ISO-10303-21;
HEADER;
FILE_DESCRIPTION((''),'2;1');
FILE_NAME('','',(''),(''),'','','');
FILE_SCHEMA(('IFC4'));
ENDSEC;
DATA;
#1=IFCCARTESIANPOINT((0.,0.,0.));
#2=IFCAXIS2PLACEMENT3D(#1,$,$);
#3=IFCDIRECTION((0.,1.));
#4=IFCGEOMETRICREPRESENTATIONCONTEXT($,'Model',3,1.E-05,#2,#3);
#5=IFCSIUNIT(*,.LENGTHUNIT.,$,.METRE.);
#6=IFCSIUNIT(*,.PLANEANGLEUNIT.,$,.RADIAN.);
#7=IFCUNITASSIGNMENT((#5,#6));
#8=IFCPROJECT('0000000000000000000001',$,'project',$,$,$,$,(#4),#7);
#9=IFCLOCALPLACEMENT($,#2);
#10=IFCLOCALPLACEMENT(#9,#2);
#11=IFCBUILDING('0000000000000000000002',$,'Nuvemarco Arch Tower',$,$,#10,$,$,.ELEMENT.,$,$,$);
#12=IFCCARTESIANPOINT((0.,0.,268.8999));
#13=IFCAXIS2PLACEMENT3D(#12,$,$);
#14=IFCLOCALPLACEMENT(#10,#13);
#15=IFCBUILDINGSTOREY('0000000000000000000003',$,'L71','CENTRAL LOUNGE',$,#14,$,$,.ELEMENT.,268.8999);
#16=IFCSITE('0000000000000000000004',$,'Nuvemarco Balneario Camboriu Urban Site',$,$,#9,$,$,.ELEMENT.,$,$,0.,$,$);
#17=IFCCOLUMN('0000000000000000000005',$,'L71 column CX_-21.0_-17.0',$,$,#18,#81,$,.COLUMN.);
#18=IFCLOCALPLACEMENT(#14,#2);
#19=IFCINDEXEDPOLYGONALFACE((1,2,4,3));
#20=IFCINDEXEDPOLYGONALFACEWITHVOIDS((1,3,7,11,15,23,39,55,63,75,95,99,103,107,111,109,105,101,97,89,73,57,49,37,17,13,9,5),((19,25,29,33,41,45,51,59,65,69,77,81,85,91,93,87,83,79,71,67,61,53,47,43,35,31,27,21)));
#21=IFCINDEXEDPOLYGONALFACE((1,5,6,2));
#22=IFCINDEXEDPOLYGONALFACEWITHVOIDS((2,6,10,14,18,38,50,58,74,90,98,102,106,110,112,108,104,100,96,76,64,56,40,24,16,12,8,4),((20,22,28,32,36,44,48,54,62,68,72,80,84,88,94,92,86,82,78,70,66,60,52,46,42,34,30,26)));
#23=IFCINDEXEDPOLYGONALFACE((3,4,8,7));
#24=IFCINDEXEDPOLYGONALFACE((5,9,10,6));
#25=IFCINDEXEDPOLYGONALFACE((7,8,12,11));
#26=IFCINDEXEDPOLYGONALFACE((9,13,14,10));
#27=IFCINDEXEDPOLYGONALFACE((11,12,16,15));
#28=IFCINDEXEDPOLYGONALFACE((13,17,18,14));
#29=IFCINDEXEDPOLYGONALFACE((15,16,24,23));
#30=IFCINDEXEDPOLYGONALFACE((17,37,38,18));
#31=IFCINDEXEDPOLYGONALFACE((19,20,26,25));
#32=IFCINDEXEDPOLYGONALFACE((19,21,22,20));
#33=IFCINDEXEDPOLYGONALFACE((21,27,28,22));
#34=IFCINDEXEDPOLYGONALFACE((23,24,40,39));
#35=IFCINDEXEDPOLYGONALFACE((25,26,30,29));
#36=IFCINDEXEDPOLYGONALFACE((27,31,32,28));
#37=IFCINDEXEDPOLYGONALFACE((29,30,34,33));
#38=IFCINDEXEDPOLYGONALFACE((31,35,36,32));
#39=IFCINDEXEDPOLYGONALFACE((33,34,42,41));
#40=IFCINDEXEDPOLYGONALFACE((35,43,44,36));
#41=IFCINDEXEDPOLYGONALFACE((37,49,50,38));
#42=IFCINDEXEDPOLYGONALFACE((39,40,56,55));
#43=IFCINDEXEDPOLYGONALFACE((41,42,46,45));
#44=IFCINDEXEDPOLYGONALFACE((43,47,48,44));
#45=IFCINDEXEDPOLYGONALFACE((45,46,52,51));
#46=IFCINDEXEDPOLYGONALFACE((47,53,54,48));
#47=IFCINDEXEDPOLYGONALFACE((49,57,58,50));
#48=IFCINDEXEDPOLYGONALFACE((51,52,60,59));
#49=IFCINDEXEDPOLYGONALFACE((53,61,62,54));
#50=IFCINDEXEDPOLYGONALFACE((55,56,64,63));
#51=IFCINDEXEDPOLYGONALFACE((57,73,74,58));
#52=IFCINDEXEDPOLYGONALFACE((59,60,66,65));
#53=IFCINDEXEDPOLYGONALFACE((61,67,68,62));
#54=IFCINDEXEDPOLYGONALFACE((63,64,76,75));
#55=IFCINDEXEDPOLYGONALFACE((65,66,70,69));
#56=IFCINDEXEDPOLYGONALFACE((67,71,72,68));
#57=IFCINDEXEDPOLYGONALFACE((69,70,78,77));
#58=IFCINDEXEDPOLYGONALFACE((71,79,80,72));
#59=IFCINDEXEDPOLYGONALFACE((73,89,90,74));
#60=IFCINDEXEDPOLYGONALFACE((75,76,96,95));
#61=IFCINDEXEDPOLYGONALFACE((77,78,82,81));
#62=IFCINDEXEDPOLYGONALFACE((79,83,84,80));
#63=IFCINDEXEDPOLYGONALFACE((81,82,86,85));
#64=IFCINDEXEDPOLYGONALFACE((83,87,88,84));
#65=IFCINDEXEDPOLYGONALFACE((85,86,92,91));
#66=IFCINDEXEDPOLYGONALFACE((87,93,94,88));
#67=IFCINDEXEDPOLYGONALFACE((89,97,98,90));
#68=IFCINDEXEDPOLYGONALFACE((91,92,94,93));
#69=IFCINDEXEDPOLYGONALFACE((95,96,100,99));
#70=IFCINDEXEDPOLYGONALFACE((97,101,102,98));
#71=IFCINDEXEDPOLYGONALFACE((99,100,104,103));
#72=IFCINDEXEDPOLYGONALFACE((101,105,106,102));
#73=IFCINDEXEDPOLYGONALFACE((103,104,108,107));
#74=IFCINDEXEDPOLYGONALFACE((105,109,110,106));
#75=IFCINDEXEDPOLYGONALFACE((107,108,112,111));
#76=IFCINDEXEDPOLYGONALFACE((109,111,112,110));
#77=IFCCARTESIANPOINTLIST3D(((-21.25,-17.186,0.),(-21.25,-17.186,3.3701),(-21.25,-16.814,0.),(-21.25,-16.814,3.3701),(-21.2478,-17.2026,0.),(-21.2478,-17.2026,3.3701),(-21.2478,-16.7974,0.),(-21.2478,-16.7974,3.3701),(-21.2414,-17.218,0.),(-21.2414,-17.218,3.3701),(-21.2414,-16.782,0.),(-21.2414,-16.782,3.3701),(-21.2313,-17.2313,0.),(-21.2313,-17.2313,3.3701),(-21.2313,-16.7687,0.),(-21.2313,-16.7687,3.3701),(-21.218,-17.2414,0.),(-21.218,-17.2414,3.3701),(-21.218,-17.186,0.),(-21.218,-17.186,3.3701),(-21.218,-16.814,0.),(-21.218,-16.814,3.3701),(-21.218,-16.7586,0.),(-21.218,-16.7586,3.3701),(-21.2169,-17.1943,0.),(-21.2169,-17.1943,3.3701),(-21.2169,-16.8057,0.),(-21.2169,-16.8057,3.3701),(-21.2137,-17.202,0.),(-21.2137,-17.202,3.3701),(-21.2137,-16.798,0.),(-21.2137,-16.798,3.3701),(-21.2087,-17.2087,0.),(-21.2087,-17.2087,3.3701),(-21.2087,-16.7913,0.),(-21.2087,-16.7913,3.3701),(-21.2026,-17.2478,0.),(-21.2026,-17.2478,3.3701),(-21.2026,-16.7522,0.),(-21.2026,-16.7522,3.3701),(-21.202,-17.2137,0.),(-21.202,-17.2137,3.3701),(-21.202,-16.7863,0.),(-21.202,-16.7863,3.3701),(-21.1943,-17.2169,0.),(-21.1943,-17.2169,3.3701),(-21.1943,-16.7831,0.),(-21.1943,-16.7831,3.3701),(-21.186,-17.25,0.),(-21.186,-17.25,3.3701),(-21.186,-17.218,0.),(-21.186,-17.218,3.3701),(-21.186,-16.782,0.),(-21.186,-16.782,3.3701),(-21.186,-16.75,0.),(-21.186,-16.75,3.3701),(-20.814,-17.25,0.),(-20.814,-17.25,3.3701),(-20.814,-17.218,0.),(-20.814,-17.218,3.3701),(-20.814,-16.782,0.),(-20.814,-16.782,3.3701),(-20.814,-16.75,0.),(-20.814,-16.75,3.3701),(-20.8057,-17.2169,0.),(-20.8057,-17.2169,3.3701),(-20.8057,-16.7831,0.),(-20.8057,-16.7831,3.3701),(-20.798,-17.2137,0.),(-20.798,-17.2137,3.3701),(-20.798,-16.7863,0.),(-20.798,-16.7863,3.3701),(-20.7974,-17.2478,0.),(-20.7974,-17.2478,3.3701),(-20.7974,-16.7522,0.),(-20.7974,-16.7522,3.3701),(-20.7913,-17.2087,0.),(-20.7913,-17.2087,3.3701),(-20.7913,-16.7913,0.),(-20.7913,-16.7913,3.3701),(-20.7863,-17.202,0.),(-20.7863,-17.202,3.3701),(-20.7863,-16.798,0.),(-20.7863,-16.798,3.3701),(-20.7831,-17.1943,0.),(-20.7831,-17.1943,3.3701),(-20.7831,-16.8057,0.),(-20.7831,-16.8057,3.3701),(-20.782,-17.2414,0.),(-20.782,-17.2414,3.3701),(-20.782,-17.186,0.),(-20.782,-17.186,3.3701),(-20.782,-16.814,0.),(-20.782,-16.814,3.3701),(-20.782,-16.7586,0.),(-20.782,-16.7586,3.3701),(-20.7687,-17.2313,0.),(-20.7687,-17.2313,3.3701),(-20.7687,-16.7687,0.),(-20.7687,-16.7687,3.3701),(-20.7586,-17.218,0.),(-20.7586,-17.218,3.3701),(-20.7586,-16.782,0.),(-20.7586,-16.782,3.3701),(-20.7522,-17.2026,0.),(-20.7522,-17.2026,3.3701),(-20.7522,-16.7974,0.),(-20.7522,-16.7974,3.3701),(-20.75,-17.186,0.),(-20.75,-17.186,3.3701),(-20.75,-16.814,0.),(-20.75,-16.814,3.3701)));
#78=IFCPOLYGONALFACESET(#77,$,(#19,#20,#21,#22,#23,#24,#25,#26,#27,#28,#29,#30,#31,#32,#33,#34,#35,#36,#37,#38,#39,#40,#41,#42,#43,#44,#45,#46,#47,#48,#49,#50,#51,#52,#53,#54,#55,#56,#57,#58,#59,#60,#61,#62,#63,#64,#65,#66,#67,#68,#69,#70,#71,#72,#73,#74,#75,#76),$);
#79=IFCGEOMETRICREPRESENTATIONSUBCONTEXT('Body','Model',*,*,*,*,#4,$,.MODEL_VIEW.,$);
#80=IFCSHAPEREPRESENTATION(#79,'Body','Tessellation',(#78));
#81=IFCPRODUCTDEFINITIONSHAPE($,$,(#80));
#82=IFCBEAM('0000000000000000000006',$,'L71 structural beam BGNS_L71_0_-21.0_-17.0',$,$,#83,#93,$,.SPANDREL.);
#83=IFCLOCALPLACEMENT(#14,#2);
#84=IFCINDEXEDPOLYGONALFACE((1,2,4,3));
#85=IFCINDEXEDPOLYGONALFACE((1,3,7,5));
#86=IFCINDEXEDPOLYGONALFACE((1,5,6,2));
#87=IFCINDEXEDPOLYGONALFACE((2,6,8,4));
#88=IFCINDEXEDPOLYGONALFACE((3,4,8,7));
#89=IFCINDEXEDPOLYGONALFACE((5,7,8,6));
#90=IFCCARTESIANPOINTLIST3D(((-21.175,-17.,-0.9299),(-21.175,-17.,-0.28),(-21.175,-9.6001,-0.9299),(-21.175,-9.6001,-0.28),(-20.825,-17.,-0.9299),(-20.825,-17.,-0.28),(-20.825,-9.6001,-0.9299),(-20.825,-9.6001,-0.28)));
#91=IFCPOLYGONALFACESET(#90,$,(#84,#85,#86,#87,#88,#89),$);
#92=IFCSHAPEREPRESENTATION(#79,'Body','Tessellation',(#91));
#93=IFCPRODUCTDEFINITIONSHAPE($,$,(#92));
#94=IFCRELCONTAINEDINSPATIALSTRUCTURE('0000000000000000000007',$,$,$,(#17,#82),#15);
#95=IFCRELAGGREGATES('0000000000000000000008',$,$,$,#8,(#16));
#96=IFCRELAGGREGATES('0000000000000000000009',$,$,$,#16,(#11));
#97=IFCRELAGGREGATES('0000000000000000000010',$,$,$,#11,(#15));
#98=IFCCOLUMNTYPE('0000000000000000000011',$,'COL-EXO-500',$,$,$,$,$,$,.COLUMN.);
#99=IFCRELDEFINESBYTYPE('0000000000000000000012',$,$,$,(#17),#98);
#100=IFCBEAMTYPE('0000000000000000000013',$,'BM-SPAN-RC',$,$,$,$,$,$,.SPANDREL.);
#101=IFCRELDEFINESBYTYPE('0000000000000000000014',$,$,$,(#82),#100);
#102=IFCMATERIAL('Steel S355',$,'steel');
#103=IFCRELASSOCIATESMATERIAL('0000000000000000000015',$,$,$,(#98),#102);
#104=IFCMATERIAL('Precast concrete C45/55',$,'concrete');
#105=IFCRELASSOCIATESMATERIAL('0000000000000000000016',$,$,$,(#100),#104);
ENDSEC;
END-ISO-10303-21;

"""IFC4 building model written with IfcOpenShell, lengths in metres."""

from ifc_helpers import new_model, si_unit, direction, frame, origin, origin_2d, place, context, subcontext, project, spatial, rectangle, hollow_rectangle, extrude, material, material_profile, profile_set, type_object, element, save


model = new_model("IFC4")

# Units and contexts
model_context = context("Model", 3, precision=1e-05, world=origin(), true_north=direction((0.0, 1.0)))
body_context = subcontext(model_context, "Body", "Model", "MODEL_VIEW")
ifc_project = project(units=[si_unit("LENGTHUNIT", "METRE"), si_unit("PLANEANGLEUNIT", "RADIAN")], contexts=[model_context])

# Site, building, storey
site_placement = place(None, origin())
site = spatial("IfcSite", under=ifc_project, at=site_placement, Name="Nuvemarco Balneario Camboriu Urban Site", CompositionType="ELEMENT", RefElevation=0.0)
building_placement = place(site_placement, origin())
building = spatial("IfcBuilding", under=site, at=building_placement, Name="Nuvemarco Arch Tower", CompositionType="ELEMENT")
storey_placement = place(building_placement, frame((0.0, 0.0, 268.8999)))
storey = spatial("IfcBuildingStorey", under=building, at=storey_placement, Name="L71", Description="CENTRAL LOUNGE", CompositionType="ELEMENT", Elevation=268.8999)

# Column
ifc_material_1 = material(Name="Steel S355", Category="steel")
ifc_material_profile_1 = material_profile(ifc_material_1, hollow_rectangle(XDim=0.5, YDim=0.5, WallThickness=0.032, InnerFilletRadius=0.032, OuterFilletRadius=0.064, at=origin_2d()), Name="SHS500x500x32")
ifc_profile_set_1 = profile_set([ifc_material_profile_1], Name="Steel S355")
column_type = type_object("IfcColumnType", Name="COL-EXO-500", PredefinedType="COLUMN", material=ifc_profile_set_1)
column_placement = place(storey_placement, frame((-21.0, -17.0, 0.0), z_axis=(0.0, 0.0, 1.0), x_axis=(1.0, 0.0, 0.0)))
element("IfcColumn", 1, at=column_placement, inside=storey, type_object=column_type, Name="L71 column CX_-21.0_-17.0", PredefinedType="COLUMN", context=body_context, shape_type="SweptSolid", body=[
    extrude(hollow_rectangle(XDim=0.5, YDim=0.5, WallThickness=0.032, InnerFilletRadius=0.032, OuterFilletRadius=0.064, at=origin_2d()), origin(), (0.0, 0.0, 1.0), 3.3701),
])

# Beam
ifc_material_2 = material(Name="Precast concrete C45/55", Category="concrete")
ifc_material_profile_2 = material_profile(ifc_material_2, rectangle(XDim=0.3501, YDim=0.6499, at=origin_2d()), Name="PC-SP-350x650")
ifc_profile_set_2 = profile_set([ifc_material_profile_2], Name="Precast concrete C45/55")
beam_type = type_object("IfcBeamType", Name="BM-SPAN-RC", PredefinedType="SPANDREL", material=ifc_profile_set_2)
beam_placement = place(storey_placement, frame((-21.0, -17.0, -0.605), z_axis=(0.0, 1.0, 0.0), x_axis=(-1.0, 0.0, 0.0)))
element("IfcBeam", 2, at=beam_placement, inside=storey, type_object=beam_type, Name="L71 structural beam BGNS_L71_0_-21.0_-17.0", PredefinedType="SPANDREL", context=body_context, shape_type="SweptSolid", body=[
    extrude(rectangle(XDim=0.3501, YDim=0.6499, at=origin_2d()), origin(), (0.0, 0.0, 1.0), 7.3999),
])

save(model, "model.ifc")
